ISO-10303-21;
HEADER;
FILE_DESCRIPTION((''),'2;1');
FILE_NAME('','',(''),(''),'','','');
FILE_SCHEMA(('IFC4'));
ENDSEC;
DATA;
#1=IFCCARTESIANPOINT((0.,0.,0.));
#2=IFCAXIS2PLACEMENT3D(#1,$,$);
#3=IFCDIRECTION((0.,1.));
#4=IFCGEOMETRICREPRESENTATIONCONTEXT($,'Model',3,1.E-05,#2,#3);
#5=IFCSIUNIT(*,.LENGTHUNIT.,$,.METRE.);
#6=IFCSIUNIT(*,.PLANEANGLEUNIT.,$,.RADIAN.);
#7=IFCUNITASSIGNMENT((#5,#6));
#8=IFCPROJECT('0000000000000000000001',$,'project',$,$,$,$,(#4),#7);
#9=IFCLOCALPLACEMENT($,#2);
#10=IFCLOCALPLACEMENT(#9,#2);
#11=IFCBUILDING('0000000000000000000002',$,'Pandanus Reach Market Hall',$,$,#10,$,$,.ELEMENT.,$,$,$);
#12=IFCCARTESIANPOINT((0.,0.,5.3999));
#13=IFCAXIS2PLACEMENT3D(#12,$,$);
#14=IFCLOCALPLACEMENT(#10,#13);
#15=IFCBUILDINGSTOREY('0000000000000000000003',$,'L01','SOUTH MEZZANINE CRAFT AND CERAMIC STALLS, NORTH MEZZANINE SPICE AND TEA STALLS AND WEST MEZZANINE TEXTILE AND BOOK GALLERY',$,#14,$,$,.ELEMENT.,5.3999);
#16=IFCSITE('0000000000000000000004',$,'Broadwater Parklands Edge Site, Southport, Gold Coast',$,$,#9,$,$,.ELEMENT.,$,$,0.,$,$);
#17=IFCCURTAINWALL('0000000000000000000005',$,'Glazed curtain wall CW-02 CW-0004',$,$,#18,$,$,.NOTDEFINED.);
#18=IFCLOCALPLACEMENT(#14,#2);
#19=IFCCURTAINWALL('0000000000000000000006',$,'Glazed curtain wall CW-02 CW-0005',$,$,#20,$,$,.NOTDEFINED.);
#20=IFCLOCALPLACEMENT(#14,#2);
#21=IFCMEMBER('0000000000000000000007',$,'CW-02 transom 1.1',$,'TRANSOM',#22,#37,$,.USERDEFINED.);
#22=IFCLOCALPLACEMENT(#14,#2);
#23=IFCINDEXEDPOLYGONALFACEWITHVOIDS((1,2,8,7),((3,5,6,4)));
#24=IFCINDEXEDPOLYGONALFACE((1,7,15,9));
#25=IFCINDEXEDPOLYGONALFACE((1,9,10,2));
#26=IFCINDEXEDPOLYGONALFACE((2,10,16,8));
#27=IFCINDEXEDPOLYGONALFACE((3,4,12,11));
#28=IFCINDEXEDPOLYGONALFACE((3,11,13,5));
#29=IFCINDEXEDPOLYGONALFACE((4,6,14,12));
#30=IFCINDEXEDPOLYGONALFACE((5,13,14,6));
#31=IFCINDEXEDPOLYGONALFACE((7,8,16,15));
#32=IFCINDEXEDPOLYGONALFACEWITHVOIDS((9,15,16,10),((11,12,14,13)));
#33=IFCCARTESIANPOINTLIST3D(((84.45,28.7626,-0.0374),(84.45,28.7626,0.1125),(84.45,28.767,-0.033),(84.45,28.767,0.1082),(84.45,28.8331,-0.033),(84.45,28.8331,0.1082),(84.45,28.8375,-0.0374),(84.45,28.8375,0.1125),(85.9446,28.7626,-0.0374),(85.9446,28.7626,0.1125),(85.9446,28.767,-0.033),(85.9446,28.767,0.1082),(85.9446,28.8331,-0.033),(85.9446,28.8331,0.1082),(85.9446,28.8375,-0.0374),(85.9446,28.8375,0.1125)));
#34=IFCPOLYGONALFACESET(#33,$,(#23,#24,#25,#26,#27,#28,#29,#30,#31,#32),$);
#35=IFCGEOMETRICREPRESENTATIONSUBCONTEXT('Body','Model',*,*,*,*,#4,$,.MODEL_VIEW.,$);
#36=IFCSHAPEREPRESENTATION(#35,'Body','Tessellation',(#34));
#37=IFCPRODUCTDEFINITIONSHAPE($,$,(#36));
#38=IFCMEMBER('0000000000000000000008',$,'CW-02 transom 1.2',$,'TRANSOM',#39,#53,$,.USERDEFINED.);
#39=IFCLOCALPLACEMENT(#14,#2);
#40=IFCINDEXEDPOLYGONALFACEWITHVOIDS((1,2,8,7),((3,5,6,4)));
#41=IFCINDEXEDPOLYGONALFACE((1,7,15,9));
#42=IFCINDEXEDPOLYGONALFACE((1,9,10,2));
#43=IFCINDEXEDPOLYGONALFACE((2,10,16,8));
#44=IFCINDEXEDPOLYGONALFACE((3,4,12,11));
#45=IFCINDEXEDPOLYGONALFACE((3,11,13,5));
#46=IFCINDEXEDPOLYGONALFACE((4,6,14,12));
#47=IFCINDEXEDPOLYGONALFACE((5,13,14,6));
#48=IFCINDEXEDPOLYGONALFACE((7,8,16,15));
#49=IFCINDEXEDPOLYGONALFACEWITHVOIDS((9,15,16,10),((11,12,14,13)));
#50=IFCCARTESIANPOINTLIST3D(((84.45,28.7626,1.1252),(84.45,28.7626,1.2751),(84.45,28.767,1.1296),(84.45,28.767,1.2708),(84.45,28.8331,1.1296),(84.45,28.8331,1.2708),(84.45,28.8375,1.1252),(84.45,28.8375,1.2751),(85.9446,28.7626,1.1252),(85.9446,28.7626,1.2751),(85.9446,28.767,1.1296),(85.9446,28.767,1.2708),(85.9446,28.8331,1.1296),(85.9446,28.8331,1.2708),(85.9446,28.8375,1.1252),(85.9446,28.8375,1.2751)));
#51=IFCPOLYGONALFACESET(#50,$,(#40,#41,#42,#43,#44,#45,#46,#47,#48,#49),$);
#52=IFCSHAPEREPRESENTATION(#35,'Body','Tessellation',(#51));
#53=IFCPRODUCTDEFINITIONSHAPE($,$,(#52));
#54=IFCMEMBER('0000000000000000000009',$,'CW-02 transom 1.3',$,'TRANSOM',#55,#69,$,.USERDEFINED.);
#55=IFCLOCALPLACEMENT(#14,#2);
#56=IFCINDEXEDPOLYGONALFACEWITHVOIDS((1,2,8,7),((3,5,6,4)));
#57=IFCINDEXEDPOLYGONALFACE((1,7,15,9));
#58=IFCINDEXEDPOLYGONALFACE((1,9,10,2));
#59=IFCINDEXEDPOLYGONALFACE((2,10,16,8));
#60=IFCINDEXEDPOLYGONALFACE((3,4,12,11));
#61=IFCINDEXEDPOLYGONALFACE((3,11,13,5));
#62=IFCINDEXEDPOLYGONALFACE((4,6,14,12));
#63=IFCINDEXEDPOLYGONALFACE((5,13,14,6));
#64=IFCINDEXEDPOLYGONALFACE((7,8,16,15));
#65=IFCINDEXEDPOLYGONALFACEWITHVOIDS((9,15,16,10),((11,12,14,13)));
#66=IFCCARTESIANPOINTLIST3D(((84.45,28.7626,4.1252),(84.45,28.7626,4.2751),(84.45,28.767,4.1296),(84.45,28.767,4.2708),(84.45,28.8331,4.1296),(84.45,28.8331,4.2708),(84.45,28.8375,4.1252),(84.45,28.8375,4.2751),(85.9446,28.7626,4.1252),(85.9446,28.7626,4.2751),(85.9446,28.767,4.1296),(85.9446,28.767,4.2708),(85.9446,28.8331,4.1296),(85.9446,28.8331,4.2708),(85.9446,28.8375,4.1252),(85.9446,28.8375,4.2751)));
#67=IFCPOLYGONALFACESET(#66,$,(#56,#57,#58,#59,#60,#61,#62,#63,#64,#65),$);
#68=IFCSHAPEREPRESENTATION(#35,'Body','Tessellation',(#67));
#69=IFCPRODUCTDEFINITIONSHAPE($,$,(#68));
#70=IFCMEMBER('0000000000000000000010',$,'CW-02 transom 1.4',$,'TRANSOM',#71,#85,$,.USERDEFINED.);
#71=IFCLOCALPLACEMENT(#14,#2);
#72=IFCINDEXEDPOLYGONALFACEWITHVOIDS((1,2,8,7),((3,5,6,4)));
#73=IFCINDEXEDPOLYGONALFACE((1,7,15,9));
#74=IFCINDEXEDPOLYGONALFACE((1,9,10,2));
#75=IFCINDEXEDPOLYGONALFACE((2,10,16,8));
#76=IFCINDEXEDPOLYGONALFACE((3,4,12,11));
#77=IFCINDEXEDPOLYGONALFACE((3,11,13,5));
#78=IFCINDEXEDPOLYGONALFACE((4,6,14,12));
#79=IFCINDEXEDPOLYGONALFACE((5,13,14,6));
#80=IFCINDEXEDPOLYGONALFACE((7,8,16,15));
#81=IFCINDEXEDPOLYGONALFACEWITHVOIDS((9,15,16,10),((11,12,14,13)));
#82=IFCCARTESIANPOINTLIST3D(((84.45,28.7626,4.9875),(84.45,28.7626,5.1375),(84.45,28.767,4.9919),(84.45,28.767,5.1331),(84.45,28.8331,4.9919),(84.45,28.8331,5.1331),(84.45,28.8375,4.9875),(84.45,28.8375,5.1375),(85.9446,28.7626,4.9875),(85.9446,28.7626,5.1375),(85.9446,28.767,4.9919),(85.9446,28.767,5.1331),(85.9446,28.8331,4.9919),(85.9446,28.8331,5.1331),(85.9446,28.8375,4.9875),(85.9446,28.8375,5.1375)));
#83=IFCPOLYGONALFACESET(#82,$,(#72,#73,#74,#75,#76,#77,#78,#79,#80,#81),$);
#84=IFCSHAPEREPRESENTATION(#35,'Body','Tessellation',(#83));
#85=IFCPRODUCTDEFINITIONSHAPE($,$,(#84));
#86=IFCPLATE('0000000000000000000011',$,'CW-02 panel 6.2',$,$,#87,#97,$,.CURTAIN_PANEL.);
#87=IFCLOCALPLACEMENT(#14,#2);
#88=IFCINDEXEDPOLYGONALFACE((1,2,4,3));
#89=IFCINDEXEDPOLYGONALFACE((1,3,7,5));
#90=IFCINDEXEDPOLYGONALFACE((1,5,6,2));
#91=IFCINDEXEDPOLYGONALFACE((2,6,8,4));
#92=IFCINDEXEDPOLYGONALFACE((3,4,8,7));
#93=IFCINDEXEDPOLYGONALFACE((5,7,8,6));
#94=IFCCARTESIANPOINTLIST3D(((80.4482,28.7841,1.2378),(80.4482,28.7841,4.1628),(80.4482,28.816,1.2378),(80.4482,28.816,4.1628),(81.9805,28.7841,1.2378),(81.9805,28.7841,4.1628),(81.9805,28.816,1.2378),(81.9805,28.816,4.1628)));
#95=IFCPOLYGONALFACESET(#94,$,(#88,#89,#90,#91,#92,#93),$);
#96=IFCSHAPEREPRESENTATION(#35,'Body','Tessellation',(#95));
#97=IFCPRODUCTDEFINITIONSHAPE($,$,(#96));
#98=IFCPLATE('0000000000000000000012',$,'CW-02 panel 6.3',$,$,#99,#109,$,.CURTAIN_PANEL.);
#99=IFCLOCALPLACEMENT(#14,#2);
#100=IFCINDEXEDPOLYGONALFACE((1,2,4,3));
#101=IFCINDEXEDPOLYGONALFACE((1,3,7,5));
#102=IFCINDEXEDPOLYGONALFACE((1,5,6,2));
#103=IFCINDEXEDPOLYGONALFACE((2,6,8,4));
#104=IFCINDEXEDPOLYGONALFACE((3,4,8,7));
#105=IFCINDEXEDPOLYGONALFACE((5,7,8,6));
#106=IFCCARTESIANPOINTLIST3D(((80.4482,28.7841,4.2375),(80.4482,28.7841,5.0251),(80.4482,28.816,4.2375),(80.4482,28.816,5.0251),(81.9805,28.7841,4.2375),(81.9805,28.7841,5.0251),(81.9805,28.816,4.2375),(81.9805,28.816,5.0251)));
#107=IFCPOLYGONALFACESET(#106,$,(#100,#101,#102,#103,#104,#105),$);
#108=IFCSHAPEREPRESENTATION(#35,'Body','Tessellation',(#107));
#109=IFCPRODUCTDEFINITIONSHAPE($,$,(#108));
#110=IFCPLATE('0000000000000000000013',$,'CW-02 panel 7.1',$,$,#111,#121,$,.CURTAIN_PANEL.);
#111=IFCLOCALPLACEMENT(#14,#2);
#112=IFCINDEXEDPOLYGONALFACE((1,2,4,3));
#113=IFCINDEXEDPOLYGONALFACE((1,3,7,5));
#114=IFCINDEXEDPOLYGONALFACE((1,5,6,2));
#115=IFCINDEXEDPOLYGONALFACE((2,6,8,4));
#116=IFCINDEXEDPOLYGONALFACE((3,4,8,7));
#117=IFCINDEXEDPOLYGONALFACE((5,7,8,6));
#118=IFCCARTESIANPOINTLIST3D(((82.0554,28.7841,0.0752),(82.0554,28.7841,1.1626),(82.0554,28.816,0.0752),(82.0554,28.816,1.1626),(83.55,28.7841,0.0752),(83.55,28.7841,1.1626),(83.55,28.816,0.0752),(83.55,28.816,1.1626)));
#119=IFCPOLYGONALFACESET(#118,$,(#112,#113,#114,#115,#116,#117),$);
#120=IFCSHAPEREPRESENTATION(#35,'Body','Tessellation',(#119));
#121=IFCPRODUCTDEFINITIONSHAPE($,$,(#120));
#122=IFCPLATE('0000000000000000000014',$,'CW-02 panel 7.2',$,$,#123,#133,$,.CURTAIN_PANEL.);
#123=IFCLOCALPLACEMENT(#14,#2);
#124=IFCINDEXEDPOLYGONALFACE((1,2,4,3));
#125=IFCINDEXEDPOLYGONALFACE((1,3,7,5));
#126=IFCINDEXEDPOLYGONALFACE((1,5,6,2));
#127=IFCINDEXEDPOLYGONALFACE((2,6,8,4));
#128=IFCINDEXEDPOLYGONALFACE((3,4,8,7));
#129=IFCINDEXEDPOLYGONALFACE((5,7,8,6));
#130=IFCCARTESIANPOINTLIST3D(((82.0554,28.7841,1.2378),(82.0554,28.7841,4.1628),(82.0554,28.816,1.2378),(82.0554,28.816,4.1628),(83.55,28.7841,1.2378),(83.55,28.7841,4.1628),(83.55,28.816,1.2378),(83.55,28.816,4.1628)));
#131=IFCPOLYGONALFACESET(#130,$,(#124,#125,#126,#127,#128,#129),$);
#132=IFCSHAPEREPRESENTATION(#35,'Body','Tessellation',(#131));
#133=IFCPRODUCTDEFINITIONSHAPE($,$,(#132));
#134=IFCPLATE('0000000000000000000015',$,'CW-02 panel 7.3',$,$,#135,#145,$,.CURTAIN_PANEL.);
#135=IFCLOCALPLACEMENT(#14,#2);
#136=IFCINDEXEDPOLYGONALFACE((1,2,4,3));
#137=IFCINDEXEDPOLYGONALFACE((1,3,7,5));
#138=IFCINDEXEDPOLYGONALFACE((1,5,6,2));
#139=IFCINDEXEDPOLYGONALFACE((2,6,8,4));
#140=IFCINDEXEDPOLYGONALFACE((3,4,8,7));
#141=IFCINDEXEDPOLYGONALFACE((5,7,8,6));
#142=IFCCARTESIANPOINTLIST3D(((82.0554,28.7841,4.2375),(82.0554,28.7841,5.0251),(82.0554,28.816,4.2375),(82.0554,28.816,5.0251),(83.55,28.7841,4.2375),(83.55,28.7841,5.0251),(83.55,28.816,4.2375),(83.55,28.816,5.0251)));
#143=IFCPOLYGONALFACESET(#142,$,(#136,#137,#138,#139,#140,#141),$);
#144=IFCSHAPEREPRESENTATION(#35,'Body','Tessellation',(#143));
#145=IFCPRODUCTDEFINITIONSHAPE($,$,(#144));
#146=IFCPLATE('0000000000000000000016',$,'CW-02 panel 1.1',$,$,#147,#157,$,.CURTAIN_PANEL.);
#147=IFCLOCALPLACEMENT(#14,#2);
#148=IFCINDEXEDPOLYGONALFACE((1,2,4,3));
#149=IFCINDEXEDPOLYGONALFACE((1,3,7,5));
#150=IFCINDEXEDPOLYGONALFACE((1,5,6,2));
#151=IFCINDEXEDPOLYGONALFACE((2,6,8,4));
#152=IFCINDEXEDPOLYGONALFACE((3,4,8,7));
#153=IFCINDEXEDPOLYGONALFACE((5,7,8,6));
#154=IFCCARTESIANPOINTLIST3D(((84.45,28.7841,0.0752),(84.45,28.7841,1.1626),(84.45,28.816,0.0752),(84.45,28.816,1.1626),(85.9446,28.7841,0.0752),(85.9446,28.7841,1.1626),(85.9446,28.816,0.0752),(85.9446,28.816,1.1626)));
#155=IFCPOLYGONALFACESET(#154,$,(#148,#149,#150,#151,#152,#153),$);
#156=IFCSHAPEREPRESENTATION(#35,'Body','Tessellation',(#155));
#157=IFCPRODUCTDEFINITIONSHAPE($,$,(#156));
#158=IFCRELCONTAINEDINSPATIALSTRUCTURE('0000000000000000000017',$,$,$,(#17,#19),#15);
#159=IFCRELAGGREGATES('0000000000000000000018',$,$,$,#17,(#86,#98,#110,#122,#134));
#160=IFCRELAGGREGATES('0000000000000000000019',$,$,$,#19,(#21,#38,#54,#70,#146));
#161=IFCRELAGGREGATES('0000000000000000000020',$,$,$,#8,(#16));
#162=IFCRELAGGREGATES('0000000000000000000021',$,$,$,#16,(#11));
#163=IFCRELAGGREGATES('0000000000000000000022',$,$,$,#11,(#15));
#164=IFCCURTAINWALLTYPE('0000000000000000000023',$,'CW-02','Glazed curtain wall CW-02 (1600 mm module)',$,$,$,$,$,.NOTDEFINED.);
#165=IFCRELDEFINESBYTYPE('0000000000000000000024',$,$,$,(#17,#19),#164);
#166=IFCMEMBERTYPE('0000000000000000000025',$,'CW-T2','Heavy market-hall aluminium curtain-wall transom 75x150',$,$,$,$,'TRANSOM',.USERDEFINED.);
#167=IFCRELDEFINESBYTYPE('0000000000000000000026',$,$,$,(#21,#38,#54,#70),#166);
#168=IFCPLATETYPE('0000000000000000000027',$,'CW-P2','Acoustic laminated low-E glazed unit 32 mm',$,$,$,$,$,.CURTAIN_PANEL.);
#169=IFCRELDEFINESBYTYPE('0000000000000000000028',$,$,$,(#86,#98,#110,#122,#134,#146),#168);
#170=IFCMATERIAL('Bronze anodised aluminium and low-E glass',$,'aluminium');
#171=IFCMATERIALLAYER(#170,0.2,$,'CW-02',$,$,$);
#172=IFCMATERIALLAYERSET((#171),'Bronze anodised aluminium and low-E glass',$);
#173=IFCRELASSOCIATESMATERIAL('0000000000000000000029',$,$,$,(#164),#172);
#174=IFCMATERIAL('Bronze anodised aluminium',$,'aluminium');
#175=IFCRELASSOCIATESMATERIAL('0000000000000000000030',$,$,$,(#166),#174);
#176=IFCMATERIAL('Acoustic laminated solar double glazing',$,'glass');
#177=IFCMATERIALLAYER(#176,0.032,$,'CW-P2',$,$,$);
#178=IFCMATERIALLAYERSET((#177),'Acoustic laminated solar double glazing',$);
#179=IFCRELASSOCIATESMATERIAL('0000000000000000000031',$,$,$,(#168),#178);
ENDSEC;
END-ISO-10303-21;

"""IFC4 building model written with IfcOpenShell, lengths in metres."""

from ifc_helpers import new_model, si_unit, direction, frame, origin, origin_2d, place, context, subcontext, project, spatial, rectangle, hollow_rectangle, extrude, material, layer, layer_set, material_profile, profile_set, type_object, element, aggregate, save


model = new_model("IFC4")

# Units and contexts
model_context = context("Model", 3, precision=1e-05, world=origin(), true_north=direction((0.0, 1.0)))
body_context = subcontext(model_context, "Body", "Model", "MODEL_VIEW")
ifc_project = project(units=[si_unit("LENGTHUNIT", "METRE"), si_unit("PLANEANGLEUNIT", "RADIAN")], contexts=[model_context])

# Site, building, storey
site_placement = place(None, origin())
site = spatial("IfcSite", under=ifc_project, at=site_placement, Name="Broadwater Parklands Edge Site, Southport, Gold Coast", CompositionType="ELEMENT", RefElevation=0.0)
building_placement = place(site_placement, origin())
building = spatial("IfcBuilding", under=site, at=building_placement, Name="Pandanus Reach Market Hall", CompositionType="ELEMENT")
storey_placement = place(building_placement, frame((0.0, 0.0, 5.3999)))
storey = spatial("IfcBuildingStorey", under=building, at=storey_placement, Name="L01", Description="SOUTH MEZZANINE CRAFT AND CERAMIC STALLS, NORTH MEZZANINE SPICE AND TEA STALLS AND WEST MEZZANINE TEXTILE AND BOOK GALLERY", CompositionType="ELEMENT", Elevation=5.3999)

# Curtain wall
ifc_material_1 = material(Name="Bronze anodised aluminium and low-E glass", Category="aluminium")
ifc_layer_1 = layer(ifc_material_1, 0.2, Name="CW-02")
ifc_layer_set_1 = layer_set([ifc_layer_1], Name="Bronze anodised aluminium and low-E glass")
curtain_wall_type = type_object("IfcCurtainWallType", Name="CW-02", Description="Glazed curtain wall CW-02 (1600 mm module)", PredefinedType="NOTDEFINED", material=ifc_layer_set_1)
curtain_wall_1_placement = place(storey_placement, origin())
curtain_wall_1 = element("IfcCurtainWall", 1, at=curtain_wall_1_placement, inside=storey, type_object=curtain_wall_type, Name="Glazed curtain wall CW-02 CW-0004", PredefinedType="NOTDEFINED")
ifc_material_2 = material(Name="Bronze anodised aluminium", Category="aluminium")

# Curtain wall
curtain_wall_2_placement = place(storey_placement, origin())
curtain_wall_2 = element("IfcCurtainWall", 2, at=curtain_wall_2_placement, inside=storey, type_object=curtain_wall_type, Name="Glazed curtain wall CW-02 CW-0005", PredefinedType="NOTDEFINED")

# Members
ifc_material_profile_1 = material_profile(ifc_material_2, hollow_rectangle(XDim=0.075, YDim=0.1499, WallThickness=0.0044, at=origin_2d()), Name="ALU75x150", Category="LoadBearing")
ifc_profile_set_1 = profile_set([ifc_material_profile_1], Name="Bronze anodised aluminium")
member_type_1 = type_object("IfcMemberType", Name="CW-T2", Description="Heavy market-hall aluminium curtain-wall transom 75x150", ElementType="TRANSOM", PredefinedType="USERDEFINED", material=ifc_profile_set_1)
member_1_placement = place(storey_placement, frame((84.45, 28.8, 0.0376), z_axis=(1.0, 0.0, 0.0), x_axis=(0.0, 1.0, 0.0)))
member_1 = element("IfcMember", 3, at=member_1_placement, type_object=member_type_1, Name="CW-02 transom 1.1", ObjectType="TRANSOM", PredefinedType="USERDEFINED", context=body_context, shape_type="SweptSolid", body=[
    extrude(hollow_rectangle(XDim=0.075, YDim=0.1499, WallThickness=0.0044, at=origin_2d()), origin(), (0.0, 0.0, 1.0), 1.4946),
])
member_2_placement = place(storey_placement, frame((84.45, 28.8, 1.2002), z_axis=(1.0, 0.0, 0.0), x_axis=(0.0, 1.0, 0.0)))
member_2 = element("IfcMember", 4, at=member_2_placement, type_object=member_type_1, Name="CW-02 transom 1.2", ObjectType="TRANSOM", PredefinedType="USERDEFINED", context=body_context, shape_type="SweptSolid", body=[
    extrude(hollow_rectangle(XDim=0.075, YDim=0.1499, WallThickness=0.0044, at=origin_2d()), origin(), (0.0, 0.0, 1.0), 1.4946),
])
member_3_placement = place(storey_placement, frame((84.45, 28.8, 4.2002), z_axis=(1.0, 0.0, 0.0), x_axis=(0.0, 1.0, 0.0)))
member_3 = element("IfcMember", 5, at=member_3_placement, type_object=member_type_1, Name="CW-02 transom 1.3", ObjectType="TRANSOM", PredefinedType="USERDEFINED", context=body_context, shape_type="SweptSolid", body=[
    extrude(hollow_rectangle(XDim=0.075, YDim=0.1499, WallThickness=0.0044, at=origin_2d()), origin(), (0.0, 0.0, 1.0), 1.4946),
])
member_4_placement = place(storey_placement, frame((84.45, 28.8, 5.0625), z_axis=(1.0, 0.0, 0.0), x_axis=(0.0, 1.0, 0.0)))
member_4 = element("IfcMember", 6, at=member_4_placement, type_object=member_type_1, Name="CW-02 transom 1.4", ObjectType="TRANSOM", PredefinedType="USERDEFINED", context=body_context, shape_type="SweptSolid", body=[
    extrude(hollow_rectangle(XDim=0.075, YDim=0.1499, WallThickness=0.0044, at=origin_2d()), origin(), (0.0, 0.0, 1.0), 1.4946),
])

# Plates
ifc_material_3 = material(Name="Acoustic laminated solar double glazing", Category="glass")
ifc_layer_2 = layer(ifc_material_3, 0.032, Name="CW-P2")
ifc_layer_set_2 = layer_set([ifc_layer_2], Name="Acoustic laminated solar double glazing")
plate_type = type_object("IfcPlateType", Name="CW-P2", Description="Acoustic laminated low-E glazed unit 32 mm", PredefinedType="CURTAIN_PANEL", material=ifc_layer_set_2)
plate_1_placement = place(storey_placement, frame((81.2144, 28.8, 1.2378), z_axis=(0.0, 0.0, 1.0), x_axis=(1.0, 0.0, 0.0)))
plate_1 = element("IfcPlate", 7, at=plate_1_placement, type_object=plate_type, Name="CW-02 panel 6.2", PredefinedType="CURTAIN_PANEL", context=body_context, shape_type="SweptSolid", body=[
    extrude(rectangle(XDim=1.5322, YDim=0.032, at=origin_2d()), origin(), (0.0, 0.0, 1.0), 2.925),
])
plate_2_placement = place(storey_placement, frame((81.2144, 28.8, 4.2375), z_axis=(0.0, 0.0, 1.0), x_axis=(1.0, 0.0, 0.0)))
plate_2 = element("IfcPlate", 8, at=plate_2_placement, type_object=plate_type, Name="CW-02 panel 6.3", PredefinedType="CURTAIN_PANEL", context=body_context, shape_type="SweptSolid", body=[
    extrude(rectangle(XDim=1.5322, YDim=0.032, at=origin_2d()), origin(), (0.0, 0.0, 1.0), 0.7876),
])
plate_3_placement = place(storey_placement, frame((82.8027, 28.8, 0.0752), z_axis=(0.0, 0.0, 1.0), x_axis=(1.0, 0.0, 0.0)))
plate_3 = element("IfcPlate", 9, at=plate_3_placement, type_object=plate_type, Name="CW-02 panel 7.1", PredefinedType="CURTAIN_PANEL", context=body_context, shape_type="SweptSolid", body=[
    extrude(rectangle(XDim=1.4946, YDim=0.032, at=origin_2d()), origin(), (0.0, 0.0, 1.0), 1.0874),
])
plate_4_placement = place(storey_placement, frame((82.8027, 28.8, 1.2378), z_axis=(0.0, 0.0, 1.0), x_axis=(1.0, 0.0, 0.0)))
plate_4 = element("IfcPlate", 10, at=plate_4_placement, type_object=plate_type, Name="CW-02 panel 7.2", PredefinedType="CURTAIN_PANEL", context=body_context, shape_type="SweptSolid", body=[
    extrude(rectangle(XDim=1.4946, YDim=0.032, at=origin_2d()), origin(), (0.0, 0.0, 1.0), 2.925),
])
plate_5_placement = place(storey_placement, frame((82.8027, 28.8, 4.2375), z_axis=(0.0, 0.0, 1.0), x_axis=(1.0, 0.0, 0.0)))
plate_5 = element("IfcPlate", 11, at=plate_5_placement, type_object=plate_type, Name="CW-02 panel 7.3", PredefinedType="CURTAIN_PANEL", context=body_context, shape_type="SweptSolid", body=[
    extrude(rectangle(XDim=1.4946, YDim=0.032, at=origin_2d()), origin(), (0.0, 0.0, 1.0), 0.7876),
])
aggregate(curtain_wall_1, [plate_1, plate_2, plate_3, plate_4, plate_5])
plate_6_placement = place(storey_placement, frame((85.1973, 28.8, 0.0752), z_axis=(0.0, 0.0, 1.0), x_axis=(1.0, 0.0, 0.0)))
plate_6 = element("IfcPlate", 12, at=plate_6_placement, type_object=plate_type, Name="CW-02 panel 1.1", PredefinedType="CURTAIN_PANEL", context=body_context, shape_type="SweptSolid", body=[
    extrude(rectangle(XDim=1.4946, YDim=0.032, at=origin_2d()), origin(), (0.0, 0.0, 1.0), 1.0874),
])
aggregate(curtain_wall_2, [member_1, member_2, member_3, member_4, plate_6])

save(model, "model.ifc")
